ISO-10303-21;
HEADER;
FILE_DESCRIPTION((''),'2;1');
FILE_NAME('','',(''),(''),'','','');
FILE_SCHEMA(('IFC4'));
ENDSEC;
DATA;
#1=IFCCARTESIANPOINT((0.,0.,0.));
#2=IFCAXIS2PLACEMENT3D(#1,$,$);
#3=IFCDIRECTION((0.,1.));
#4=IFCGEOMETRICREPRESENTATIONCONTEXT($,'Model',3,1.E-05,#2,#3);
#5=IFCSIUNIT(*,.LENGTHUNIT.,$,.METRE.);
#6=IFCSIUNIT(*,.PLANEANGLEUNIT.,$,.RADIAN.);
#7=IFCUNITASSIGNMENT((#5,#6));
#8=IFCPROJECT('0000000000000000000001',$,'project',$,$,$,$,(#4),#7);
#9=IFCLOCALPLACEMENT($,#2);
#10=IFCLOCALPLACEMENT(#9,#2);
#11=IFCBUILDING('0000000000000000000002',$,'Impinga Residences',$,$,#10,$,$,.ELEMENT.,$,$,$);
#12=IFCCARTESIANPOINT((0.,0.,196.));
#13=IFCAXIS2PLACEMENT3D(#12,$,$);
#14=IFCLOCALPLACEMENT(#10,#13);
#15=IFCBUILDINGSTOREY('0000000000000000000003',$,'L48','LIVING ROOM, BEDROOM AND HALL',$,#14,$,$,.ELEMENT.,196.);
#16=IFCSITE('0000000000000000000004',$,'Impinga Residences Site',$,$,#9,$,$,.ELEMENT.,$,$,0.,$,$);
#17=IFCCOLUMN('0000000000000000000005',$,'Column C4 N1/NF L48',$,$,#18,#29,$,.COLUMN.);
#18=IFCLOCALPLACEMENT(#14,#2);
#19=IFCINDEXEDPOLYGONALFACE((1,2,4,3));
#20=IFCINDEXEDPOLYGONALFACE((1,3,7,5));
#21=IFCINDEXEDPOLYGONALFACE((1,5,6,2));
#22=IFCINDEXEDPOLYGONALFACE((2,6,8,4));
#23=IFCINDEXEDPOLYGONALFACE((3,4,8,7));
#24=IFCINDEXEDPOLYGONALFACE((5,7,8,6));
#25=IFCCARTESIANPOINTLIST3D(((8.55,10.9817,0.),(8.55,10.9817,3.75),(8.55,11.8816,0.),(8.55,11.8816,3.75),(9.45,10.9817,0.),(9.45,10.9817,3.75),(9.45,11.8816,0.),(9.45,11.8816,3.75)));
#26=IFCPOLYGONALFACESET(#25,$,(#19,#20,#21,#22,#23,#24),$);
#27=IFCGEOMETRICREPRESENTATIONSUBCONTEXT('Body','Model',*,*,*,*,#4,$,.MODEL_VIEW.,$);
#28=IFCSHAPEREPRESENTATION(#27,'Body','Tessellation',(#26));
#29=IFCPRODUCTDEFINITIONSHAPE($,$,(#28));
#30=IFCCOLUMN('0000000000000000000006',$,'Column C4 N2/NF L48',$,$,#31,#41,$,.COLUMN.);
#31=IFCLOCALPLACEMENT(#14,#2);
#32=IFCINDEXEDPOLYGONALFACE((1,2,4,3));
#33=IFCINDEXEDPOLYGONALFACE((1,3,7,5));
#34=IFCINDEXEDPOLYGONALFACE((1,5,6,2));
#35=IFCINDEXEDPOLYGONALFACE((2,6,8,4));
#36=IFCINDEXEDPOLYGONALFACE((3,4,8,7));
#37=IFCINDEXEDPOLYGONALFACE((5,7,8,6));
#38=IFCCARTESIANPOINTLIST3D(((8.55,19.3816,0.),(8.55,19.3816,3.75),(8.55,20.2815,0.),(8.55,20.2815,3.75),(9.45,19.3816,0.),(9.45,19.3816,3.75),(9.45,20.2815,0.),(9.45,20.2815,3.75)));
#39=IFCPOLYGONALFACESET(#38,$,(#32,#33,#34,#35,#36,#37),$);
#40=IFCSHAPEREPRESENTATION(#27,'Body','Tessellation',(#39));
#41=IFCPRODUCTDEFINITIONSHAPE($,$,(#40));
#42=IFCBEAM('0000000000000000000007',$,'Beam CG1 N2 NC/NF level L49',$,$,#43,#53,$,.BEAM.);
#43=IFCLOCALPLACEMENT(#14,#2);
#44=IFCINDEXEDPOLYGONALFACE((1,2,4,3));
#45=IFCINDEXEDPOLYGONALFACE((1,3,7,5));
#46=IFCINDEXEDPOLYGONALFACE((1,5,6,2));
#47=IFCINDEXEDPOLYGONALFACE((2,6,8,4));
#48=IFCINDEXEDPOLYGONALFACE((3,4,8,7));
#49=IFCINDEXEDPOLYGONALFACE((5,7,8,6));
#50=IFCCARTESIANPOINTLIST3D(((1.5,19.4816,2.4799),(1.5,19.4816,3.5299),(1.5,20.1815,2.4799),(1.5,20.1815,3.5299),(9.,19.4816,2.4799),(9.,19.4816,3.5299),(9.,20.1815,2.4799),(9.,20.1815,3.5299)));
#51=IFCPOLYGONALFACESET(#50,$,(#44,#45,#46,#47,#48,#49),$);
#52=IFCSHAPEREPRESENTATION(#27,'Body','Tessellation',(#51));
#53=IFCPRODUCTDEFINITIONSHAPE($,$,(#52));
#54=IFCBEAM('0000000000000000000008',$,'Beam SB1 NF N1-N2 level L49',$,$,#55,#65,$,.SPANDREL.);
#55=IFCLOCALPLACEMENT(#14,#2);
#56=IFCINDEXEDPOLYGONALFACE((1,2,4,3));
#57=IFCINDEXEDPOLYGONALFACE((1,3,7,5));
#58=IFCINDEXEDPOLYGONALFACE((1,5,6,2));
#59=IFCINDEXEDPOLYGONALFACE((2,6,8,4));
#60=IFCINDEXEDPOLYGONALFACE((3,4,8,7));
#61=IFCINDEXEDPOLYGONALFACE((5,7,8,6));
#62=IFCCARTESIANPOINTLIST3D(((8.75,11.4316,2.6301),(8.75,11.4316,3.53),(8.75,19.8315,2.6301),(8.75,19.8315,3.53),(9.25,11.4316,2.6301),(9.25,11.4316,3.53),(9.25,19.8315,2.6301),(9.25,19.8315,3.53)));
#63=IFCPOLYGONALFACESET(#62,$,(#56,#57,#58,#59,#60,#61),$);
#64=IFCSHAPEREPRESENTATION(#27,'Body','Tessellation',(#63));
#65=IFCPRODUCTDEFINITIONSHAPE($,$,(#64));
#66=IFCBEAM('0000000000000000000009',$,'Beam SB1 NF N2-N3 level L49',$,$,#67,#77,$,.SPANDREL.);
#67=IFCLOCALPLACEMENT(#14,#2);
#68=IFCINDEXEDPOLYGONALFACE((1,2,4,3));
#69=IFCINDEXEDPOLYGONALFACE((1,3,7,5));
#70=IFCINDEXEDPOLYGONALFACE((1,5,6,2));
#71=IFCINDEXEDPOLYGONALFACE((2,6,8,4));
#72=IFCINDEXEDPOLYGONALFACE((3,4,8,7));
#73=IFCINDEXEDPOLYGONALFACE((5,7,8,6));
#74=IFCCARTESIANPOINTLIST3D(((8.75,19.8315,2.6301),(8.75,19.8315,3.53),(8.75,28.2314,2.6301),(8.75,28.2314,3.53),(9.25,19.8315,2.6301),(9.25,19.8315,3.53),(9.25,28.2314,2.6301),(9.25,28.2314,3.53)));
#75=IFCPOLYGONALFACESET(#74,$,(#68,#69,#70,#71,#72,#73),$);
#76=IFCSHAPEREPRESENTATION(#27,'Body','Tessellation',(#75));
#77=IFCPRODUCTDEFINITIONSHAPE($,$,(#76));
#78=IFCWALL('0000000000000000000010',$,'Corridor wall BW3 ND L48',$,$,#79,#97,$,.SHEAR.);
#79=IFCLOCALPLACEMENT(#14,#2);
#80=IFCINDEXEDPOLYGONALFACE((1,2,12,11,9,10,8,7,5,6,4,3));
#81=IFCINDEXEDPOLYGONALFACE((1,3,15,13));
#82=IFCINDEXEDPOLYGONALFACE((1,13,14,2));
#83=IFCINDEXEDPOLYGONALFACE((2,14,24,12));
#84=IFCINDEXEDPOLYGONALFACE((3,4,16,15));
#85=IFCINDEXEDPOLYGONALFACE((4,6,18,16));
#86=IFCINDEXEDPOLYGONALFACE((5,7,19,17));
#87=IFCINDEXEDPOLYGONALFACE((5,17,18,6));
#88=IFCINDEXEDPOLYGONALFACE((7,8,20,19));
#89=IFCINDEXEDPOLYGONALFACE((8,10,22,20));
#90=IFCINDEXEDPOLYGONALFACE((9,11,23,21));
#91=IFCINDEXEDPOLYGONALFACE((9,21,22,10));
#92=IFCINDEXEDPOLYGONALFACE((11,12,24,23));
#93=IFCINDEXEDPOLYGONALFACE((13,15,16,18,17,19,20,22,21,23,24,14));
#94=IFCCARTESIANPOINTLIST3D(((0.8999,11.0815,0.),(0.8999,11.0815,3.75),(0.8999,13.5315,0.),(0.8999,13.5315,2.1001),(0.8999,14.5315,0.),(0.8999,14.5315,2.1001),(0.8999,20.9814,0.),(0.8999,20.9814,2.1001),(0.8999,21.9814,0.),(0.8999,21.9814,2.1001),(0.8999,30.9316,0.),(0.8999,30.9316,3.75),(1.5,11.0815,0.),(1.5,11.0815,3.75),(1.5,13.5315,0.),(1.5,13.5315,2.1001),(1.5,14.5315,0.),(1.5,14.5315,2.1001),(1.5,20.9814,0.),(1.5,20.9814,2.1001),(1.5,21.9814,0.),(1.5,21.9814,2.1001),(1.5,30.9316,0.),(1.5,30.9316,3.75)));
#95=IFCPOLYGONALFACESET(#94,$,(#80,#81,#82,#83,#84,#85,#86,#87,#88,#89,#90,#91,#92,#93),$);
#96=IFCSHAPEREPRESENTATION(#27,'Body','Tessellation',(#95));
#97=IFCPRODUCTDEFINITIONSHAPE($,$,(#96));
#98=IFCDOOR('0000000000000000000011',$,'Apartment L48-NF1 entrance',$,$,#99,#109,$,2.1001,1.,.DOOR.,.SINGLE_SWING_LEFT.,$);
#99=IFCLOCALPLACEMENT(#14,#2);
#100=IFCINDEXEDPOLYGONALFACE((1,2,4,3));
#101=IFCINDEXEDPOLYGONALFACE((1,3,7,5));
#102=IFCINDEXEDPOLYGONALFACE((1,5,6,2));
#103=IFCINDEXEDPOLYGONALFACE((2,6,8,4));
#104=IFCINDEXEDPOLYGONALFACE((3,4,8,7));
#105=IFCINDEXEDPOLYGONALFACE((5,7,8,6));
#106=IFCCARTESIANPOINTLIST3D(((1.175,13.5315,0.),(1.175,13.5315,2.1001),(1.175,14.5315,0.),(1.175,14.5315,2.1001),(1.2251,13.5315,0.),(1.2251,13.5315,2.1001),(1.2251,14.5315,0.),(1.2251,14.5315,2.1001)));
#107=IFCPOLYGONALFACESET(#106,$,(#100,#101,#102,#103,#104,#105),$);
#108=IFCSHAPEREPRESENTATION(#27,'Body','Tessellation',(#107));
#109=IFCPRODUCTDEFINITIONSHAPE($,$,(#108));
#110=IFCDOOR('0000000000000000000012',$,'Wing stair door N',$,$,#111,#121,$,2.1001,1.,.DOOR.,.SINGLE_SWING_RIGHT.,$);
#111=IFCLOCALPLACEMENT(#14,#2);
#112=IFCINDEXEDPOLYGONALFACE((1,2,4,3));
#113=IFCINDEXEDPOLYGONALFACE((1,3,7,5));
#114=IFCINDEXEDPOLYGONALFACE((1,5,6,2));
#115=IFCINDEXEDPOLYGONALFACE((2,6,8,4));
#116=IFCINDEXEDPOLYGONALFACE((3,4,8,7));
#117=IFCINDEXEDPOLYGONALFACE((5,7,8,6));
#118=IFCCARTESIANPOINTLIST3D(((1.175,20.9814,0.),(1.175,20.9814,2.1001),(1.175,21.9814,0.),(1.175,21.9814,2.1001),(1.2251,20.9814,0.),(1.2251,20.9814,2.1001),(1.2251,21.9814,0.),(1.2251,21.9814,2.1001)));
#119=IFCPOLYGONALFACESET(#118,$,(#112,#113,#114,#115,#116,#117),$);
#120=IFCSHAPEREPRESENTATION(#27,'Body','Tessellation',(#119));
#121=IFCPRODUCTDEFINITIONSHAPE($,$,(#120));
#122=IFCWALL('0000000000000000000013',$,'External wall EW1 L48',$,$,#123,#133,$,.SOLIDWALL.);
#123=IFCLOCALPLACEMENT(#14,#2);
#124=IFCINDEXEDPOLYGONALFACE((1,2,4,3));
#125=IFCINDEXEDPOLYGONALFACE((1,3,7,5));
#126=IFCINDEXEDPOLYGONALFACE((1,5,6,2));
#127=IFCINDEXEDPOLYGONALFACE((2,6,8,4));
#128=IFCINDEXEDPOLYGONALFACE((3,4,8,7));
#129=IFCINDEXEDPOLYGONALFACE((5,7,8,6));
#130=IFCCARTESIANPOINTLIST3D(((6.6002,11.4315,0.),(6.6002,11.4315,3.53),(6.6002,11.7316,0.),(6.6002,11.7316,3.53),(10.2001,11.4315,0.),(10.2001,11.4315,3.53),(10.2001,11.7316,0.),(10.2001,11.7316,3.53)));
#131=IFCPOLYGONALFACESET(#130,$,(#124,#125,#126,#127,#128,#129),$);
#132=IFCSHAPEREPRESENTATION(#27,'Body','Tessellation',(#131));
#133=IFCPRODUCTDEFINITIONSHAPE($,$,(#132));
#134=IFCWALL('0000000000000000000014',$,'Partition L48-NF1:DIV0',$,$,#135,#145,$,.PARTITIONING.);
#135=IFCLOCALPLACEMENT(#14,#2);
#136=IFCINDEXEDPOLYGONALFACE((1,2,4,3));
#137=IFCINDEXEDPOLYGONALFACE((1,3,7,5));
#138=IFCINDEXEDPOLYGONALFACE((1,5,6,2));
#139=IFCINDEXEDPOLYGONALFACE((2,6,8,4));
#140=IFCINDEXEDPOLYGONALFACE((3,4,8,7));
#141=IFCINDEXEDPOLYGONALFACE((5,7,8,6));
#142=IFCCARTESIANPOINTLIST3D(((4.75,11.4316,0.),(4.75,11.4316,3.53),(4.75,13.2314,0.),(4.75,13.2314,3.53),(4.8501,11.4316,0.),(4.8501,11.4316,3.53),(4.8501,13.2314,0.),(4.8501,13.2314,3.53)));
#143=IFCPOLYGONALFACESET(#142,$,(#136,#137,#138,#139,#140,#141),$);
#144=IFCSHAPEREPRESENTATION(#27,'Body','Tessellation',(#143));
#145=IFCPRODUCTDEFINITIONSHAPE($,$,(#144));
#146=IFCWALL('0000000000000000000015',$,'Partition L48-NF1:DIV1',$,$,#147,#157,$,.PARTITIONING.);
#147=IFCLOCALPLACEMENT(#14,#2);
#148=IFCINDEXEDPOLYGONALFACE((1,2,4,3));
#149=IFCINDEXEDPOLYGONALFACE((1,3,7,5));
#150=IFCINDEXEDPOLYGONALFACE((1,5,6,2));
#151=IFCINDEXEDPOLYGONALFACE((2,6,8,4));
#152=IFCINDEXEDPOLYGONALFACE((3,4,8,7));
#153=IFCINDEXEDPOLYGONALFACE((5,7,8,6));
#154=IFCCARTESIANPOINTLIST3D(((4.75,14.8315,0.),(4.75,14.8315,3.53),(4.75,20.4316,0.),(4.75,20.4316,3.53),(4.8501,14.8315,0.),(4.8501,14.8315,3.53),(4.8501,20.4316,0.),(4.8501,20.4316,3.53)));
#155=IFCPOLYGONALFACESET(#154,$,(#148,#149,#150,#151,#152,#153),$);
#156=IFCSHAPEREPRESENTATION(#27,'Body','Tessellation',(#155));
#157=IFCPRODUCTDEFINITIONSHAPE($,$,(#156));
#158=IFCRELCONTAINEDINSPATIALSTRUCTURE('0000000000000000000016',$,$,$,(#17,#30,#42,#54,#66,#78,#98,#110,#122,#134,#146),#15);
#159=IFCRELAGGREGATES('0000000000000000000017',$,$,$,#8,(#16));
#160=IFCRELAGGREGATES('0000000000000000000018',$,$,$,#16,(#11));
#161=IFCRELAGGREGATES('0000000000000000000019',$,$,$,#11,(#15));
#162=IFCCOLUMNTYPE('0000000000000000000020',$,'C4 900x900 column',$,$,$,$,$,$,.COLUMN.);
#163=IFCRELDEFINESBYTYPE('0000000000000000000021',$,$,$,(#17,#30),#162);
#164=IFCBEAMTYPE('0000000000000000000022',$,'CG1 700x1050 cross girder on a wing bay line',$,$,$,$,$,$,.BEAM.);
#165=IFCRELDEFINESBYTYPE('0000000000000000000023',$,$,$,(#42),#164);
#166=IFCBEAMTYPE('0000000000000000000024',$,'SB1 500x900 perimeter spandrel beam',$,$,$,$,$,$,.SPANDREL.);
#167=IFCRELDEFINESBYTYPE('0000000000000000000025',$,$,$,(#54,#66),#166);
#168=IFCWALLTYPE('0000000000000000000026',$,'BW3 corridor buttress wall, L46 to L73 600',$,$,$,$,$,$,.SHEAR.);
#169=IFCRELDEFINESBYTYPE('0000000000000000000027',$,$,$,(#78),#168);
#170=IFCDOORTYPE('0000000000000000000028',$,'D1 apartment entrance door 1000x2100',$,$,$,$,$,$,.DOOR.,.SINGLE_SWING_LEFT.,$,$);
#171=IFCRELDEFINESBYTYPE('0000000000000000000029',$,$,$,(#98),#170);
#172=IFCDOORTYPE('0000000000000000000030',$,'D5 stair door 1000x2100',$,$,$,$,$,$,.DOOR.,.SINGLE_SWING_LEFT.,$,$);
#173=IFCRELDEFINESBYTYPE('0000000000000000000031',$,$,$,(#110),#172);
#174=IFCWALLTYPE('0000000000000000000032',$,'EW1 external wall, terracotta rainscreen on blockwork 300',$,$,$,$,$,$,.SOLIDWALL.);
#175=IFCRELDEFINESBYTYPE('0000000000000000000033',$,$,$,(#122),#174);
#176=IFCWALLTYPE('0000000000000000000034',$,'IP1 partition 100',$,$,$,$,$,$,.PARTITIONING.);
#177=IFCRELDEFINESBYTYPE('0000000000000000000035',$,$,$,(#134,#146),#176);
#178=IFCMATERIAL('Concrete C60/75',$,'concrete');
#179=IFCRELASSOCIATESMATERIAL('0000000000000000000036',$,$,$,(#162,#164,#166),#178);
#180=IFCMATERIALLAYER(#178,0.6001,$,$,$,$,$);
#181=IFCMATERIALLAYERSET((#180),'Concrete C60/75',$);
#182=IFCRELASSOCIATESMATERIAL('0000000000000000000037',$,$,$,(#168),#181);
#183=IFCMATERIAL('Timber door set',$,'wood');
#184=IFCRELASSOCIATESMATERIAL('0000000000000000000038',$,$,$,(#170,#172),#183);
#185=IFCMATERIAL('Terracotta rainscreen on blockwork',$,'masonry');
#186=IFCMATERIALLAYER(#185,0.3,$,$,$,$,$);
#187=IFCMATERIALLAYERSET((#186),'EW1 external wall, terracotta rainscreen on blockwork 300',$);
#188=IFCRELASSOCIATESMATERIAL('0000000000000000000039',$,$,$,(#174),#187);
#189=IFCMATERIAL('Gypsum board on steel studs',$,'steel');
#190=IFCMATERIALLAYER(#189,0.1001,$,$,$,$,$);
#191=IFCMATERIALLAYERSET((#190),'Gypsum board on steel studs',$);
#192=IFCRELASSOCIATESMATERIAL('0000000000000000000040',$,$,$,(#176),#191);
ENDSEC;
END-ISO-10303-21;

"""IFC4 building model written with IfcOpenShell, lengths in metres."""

from ifc_helpers import new_model, si_unit, direction, frame, frame_2d, origin, origin_2d, place, context, subcontext, project, spatial, rectangle, extrude, material, layer, layer_set, material_profile, profile_set, type_object, element, fill, save


model = new_model("IFC4")

# Units and contexts
model_context = context("Model", 3, precision=1e-05, world=origin(), true_north=direction((0.0, 1.0)))
body_context = subcontext(model_context, "Body", "Model", "MODEL_VIEW")
ifc_project = project(units=[si_unit("LENGTHUNIT", "METRE"), si_unit("PLANEANGLEUNIT", "RADIAN")], contexts=[model_context])

# Site, building, storey
site_placement = place(None, origin())
site = spatial("IfcSite", under=ifc_project, at=site_placement, Name="Impinga Residences Site", CompositionType="ELEMENT", RefElevation=0.0)
building_placement = place(site_placement, origin())
building = spatial("IfcBuilding", under=site, at=building_placement, Name="Impinga Residences", CompositionType="ELEMENT")
storey_placement = place(building_placement, frame((0.0, 0.0, 196.0)))
storey = spatial("IfcBuildingStorey", under=building, at=storey_placement, Name="L48", Description="LIVING ROOM, BEDROOM AND HALL", CompositionType="ELEMENT", Elevation=196.0)

# Columns
ifc_material_1 = material(Name="Concrete C60/75", Category="concrete")
ifc_material_profile_1 = material_profile(ifc_material_1, rectangle(XDim=0.8999, YDim=0.8999, at=origin_2d()), Name="RC 900x900")
ifc_profile_set_1 = profile_set([ifc_material_profile_1], Name="Concrete C60/75")
column_type = type_object("IfcColumnType", Name="C4 900x900 column", PredefinedType="COLUMN", material=ifc_profile_set_1)
for number, where, z_axis, x_axis, name in (
    (1, (9.0, 11.4316, 0.0), (0.0, 0.0, 1.0), (1.0, 0.0, 0.0), "Column C4 N1/NF L48"),
    (2, (9.0, 19.8315, 0.0), (0.0, 0.0, 1.0), (1.0, 0.0, 0.0), "Column C4 N2/NF L48"),
):
    element("IfcColumn", number, at=place(storey_placement, frame(where, z_axis=z_axis, x_axis=x_axis)), inside=storey, type_object=column_type, Name=name, PredefinedType="COLUMN", context=body_context, shape_type="SweptSolid", body=[
        extrude(rectangle(XDim=0.8999, YDim=0.8999, at=origin_2d()), origin(), (0.0, 0.0, 1.0), 3.75),
    ])

# Beams
ifc_material_profile_2 = material_profile(ifc_material_1, rectangle(XDim=0.7, YDim=1.05, at=origin_2d()), Name="RC 700x1050")
ifc_profile_set_2 = profile_set([ifc_material_profile_2], Name="Concrete C60/75")
beam_type_1 = type_object("IfcBeamType", Name="CG1 700x1050 cross girder on a wing bay line", PredefinedType="BEAM", material=ifc_profile_set_2)
beam_placement = place(storey_placement, frame((1.5, 19.8315, 3.0049), z_axis=(1.0, 0.0, 0.0), x_axis=(0.0, 1.0, 0.0)))
element("IfcBeam", 3, at=beam_placement, inside=storey, type_object=beam_type_1, Name="Beam CG1 N2 NC/NF level L49", PredefinedType="BEAM", context=body_context, shape_type="SweptSolid", body=[
    extrude(rectangle(XDim=0.7, YDim=1.05, at=origin_2d()), origin(), (0.0, 0.0, 1.0), 7.5),
])
ifc_material_profile_3 = material_profile(ifc_material_1, rectangle(XDim=0.5, YDim=0.8999, at=origin_2d()), Name="RC 500x900")
ifc_profile_set_3 = profile_set([ifc_material_profile_3], Name="Concrete C60/75")
beam_type_2 = type_object("IfcBeamType", Name="SB1 500x900 perimeter spandrel beam", PredefinedType="SPANDREL", material=ifc_profile_set_3)
for number, where, z_axis, x_axis, name in (
    (4, (9.0, 11.4316, 3.0801), (0.0, 1.0, 0.0), (-1.0, 0.0, 0.0), "Beam SB1 NF N1-N2 level L49"),
    (5, (9.0, 19.8315, 3.0801), (0.0, 1.0, 0.0), (-1.0, 0.0, 0.0), "Beam SB1 NF N2-N3 level L49"),
):
    element("IfcBeam", number, at=place(storey_placement, frame(where, z_axis=z_axis, x_axis=x_axis)), inside=storey, type_object=beam_type_2, Name=name, PredefinedType="SPANDREL", context=body_context, shape_type="SweptSolid", body=[
        extrude(rectangle(XDim=0.5, YDim=0.8999, at=origin_2d()), origin(), (0.0, 0.0, 1.0), 8.3999),
    ])

# Wall, openings, doors
ifc_layer_1 = layer(ifc_material_1, 0.6001)
ifc_layer_set_1 = layer_set([ifc_layer_1], Name="Concrete C60/75")
wall_type_1 = type_object("IfcWallType", Name="BW3 corridor buttress wall, L46 to L73 600", PredefinedType="SHEAR", material=ifc_layer_set_1)
wall_1_placement = place(storey_placement, frame((1.2, 11.0815, 0.0), z_axis=(0.0, 0.0, 1.0), x_axis=(0.0, 1.0, 0.0)))
wall_1 = element("IfcWall", 6, at=wall_1_placement, inside=storey, type_object=wall_type_1, Name="Corridor wall BW3 ND L48", PredefinedType="SHEAR", context=body_context, shape_type="SweptSolid", body=[
    extrude(rectangle(XDim=19.8501, YDim=0.6001, at=frame_2d((9.925, 0.0))), origin(), (0.0, 0.0, 1.0), 3.75),
])
opening_1_placement = place(wall_1_placement, frame((9.8999, 0.0, 0.0)))
opening_1 = element("IfcOpeningElement", 7, at=opening_1_placement, cuts=wall_1, PredefinedType="OPENING", context=body_context, shape_type="SweptSolid", body=[
    extrude(rectangle(XDim=1.0, YDim=2.1001, at=frame_2d((0.5, 1.05))), frame((0.0, 0.3101, 0.0), z_axis=(0.0, -1.0, 0.0), x_axis=(1.0, 0.0, 0.0)), (0.0, 0.0, 1.0), 0.6201),
])
opening_2_placement = place(wall_1_placement, frame((2.45, 0.0, 0.0)))
opening_2 = element("IfcOpeningElement", 8, at=opening_2_placement, cuts=wall_1, PredefinedType="OPENING", context=body_context, shape_type="SweptSolid", body=[
    extrude(rectangle(XDim=1.0, YDim=2.1001, at=frame_2d((0.5, 1.05))), frame((0.0, 0.3101, 0.0), z_axis=(0.0, -1.0, 0.0), x_axis=(1.0, 0.0, 0.0)), (0.0, 0.0, 1.0), 0.6201),
])
ifc_material_2 = material(Name="Timber door set", Category="wood")
door_type_1 = type_object("IfcDoorType", Name="D1 apartment entrance door 1000x2100", OperationType="SINGLE_SWING_LEFT", PredefinedType="DOOR", material=ifc_material_2)
door_1_placement = place(opening_2_placement, origin())
door_1 = element("IfcDoor", 9, at=door_1_placement, inside=storey, type_object=door_type_1, Name="Apartment L48-NF1 entrance", OperationType="SINGLE_SWING_LEFT", OverallHeight=2.1001, OverallWidth=1.0, PredefinedType="DOOR", context=body_context, shape_type="SweptSolid", body=[
    extrude(rectangle(XDim=1.0, YDim=2.1001, at=frame_2d((0.5, 1.05))), frame((0.0, 0.0249, 0.0), z_axis=(0.0, -1.0, 0.0), x_axis=(1.0, 0.0, 0.0)), (0.0, 0.0, 1.0), 0.05),
])
fill(opening_2, door_1)
door_type_2 = type_object("IfcDoorType", Name="D5 stair door 1000x2100", OperationType="SINGLE_SWING_LEFT", PredefinedType="DOOR", material=ifc_material_2)
door_2_placement = place(opening_1_placement, origin())
door_2 = element("IfcDoor", 10, at=door_2_placement, inside=storey, type_object=door_type_2, Name="Wing stair door N", OperationType="SINGLE_SWING_RIGHT", OverallHeight=2.1001, OverallWidth=1.0, PredefinedType="DOOR", context=body_context, shape_type="SweptSolid", body=[
    extrude(rectangle(XDim=1.0, YDim=2.1001, at=frame_2d((0.5, 1.05))), frame((0.0, 0.0249, 0.0), z_axis=(0.0, -1.0, 0.0), x_axis=(1.0, 0.0, 0.0)), (0.0, 0.0, 1.0), 0.05),
])
fill(opening_1, door_2)

# Walls
ifc_material_3 = material(Name="Terracotta rainscreen on blockwork", Category="masonry")
ifc_layer_2 = layer(ifc_material_3, 0.3)
ifc_layer_set_2 = layer_set([ifc_layer_2], Name="EW1 external wall, terracotta rainscreen on blockwork 300")
wall_type_2 = type_object("IfcWallType", Name="EW1 external wall, terracotta rainscreen on blockwork 300", PredefinedType="SOLIDWALL", material=ifc_layer_set_2)
wall_2_placement = place(storey_placement, frame((10.2, 11.5815, 0.0), z_axis=(0.0, 0.0, 1.0), x_axis=(-1.0, 0.0, 0.0)))
element("IfcWall", 11, at=wall_2_placement, inside=storey, type_object=wall_type_2, Name="External wall EW1 L48", PredefinedType="SOLIDWALL", context=body_context, shape_type="SweptSolid", body=[
    extrude(rectangle(XDim=3.5999, YDim=0.3, at=frame_2d((1.7998, 0.0))), origin(), (0.0, 0.0, 1.0), 3.53),
])
ifc_material_4 = material(Name="Gypsum board on steel studs", Category="steel")
ifc_layer_3 = layer(ifc_material_4, 0.1001)
ifc_layer_set_3 = layer_set([ifc_layer_3], Name="Gypsum board on steel studs")
wall_type_3 = type_object("IfcWallType", Name="IP1 partition 100", PredefinedType="PARTITIONING", material=ifc_layer_set_3)
wall_3_placement = place(storey_placement, frame((4.8, 11.4316, 0.0), z_axis=(0.0, 0.0, 1.0), x_axis=(0.0, 1.0, 0.0)))
element("IfcWall", 12, at=wall_3_placement, inside=storey, type_object=wall_type_3, Name="Partition L48-NF1:DIV0", PredefinedType="PARTITIONING", context=body_context, shape_type="SweptSolid", body=[
    extrude(rectangle(XDim=1.7998, YDim=0.1001, at=frame_2d((0.8999, 0.0))), origin(), (0.0, 0.0, 1.0), 3.53),
])
wall_4_placement = place(storey_placement, frame((4.8, 14.8315, 0.0), z_axis=(0.0, 0.0, 1.0), x_axis=(0.0, 1.0, 0.0)))
element("IfcWall", 13, at=wall_4_placement, inside=storey, type_object=wall_type_3, Name="Partition L48-NF1:DIV1", PredefinedType="PARTITIONING", context=body_context, shape_type="SweptSolid", body=[
    extrude(rectangle(XDim=5.6001, YDim=0.1001, at=frame_2d((2.8, 0.0))), origin(), (0.0, 0.0, 1.0), 3.53),
])

save(model, "model.ifc")
